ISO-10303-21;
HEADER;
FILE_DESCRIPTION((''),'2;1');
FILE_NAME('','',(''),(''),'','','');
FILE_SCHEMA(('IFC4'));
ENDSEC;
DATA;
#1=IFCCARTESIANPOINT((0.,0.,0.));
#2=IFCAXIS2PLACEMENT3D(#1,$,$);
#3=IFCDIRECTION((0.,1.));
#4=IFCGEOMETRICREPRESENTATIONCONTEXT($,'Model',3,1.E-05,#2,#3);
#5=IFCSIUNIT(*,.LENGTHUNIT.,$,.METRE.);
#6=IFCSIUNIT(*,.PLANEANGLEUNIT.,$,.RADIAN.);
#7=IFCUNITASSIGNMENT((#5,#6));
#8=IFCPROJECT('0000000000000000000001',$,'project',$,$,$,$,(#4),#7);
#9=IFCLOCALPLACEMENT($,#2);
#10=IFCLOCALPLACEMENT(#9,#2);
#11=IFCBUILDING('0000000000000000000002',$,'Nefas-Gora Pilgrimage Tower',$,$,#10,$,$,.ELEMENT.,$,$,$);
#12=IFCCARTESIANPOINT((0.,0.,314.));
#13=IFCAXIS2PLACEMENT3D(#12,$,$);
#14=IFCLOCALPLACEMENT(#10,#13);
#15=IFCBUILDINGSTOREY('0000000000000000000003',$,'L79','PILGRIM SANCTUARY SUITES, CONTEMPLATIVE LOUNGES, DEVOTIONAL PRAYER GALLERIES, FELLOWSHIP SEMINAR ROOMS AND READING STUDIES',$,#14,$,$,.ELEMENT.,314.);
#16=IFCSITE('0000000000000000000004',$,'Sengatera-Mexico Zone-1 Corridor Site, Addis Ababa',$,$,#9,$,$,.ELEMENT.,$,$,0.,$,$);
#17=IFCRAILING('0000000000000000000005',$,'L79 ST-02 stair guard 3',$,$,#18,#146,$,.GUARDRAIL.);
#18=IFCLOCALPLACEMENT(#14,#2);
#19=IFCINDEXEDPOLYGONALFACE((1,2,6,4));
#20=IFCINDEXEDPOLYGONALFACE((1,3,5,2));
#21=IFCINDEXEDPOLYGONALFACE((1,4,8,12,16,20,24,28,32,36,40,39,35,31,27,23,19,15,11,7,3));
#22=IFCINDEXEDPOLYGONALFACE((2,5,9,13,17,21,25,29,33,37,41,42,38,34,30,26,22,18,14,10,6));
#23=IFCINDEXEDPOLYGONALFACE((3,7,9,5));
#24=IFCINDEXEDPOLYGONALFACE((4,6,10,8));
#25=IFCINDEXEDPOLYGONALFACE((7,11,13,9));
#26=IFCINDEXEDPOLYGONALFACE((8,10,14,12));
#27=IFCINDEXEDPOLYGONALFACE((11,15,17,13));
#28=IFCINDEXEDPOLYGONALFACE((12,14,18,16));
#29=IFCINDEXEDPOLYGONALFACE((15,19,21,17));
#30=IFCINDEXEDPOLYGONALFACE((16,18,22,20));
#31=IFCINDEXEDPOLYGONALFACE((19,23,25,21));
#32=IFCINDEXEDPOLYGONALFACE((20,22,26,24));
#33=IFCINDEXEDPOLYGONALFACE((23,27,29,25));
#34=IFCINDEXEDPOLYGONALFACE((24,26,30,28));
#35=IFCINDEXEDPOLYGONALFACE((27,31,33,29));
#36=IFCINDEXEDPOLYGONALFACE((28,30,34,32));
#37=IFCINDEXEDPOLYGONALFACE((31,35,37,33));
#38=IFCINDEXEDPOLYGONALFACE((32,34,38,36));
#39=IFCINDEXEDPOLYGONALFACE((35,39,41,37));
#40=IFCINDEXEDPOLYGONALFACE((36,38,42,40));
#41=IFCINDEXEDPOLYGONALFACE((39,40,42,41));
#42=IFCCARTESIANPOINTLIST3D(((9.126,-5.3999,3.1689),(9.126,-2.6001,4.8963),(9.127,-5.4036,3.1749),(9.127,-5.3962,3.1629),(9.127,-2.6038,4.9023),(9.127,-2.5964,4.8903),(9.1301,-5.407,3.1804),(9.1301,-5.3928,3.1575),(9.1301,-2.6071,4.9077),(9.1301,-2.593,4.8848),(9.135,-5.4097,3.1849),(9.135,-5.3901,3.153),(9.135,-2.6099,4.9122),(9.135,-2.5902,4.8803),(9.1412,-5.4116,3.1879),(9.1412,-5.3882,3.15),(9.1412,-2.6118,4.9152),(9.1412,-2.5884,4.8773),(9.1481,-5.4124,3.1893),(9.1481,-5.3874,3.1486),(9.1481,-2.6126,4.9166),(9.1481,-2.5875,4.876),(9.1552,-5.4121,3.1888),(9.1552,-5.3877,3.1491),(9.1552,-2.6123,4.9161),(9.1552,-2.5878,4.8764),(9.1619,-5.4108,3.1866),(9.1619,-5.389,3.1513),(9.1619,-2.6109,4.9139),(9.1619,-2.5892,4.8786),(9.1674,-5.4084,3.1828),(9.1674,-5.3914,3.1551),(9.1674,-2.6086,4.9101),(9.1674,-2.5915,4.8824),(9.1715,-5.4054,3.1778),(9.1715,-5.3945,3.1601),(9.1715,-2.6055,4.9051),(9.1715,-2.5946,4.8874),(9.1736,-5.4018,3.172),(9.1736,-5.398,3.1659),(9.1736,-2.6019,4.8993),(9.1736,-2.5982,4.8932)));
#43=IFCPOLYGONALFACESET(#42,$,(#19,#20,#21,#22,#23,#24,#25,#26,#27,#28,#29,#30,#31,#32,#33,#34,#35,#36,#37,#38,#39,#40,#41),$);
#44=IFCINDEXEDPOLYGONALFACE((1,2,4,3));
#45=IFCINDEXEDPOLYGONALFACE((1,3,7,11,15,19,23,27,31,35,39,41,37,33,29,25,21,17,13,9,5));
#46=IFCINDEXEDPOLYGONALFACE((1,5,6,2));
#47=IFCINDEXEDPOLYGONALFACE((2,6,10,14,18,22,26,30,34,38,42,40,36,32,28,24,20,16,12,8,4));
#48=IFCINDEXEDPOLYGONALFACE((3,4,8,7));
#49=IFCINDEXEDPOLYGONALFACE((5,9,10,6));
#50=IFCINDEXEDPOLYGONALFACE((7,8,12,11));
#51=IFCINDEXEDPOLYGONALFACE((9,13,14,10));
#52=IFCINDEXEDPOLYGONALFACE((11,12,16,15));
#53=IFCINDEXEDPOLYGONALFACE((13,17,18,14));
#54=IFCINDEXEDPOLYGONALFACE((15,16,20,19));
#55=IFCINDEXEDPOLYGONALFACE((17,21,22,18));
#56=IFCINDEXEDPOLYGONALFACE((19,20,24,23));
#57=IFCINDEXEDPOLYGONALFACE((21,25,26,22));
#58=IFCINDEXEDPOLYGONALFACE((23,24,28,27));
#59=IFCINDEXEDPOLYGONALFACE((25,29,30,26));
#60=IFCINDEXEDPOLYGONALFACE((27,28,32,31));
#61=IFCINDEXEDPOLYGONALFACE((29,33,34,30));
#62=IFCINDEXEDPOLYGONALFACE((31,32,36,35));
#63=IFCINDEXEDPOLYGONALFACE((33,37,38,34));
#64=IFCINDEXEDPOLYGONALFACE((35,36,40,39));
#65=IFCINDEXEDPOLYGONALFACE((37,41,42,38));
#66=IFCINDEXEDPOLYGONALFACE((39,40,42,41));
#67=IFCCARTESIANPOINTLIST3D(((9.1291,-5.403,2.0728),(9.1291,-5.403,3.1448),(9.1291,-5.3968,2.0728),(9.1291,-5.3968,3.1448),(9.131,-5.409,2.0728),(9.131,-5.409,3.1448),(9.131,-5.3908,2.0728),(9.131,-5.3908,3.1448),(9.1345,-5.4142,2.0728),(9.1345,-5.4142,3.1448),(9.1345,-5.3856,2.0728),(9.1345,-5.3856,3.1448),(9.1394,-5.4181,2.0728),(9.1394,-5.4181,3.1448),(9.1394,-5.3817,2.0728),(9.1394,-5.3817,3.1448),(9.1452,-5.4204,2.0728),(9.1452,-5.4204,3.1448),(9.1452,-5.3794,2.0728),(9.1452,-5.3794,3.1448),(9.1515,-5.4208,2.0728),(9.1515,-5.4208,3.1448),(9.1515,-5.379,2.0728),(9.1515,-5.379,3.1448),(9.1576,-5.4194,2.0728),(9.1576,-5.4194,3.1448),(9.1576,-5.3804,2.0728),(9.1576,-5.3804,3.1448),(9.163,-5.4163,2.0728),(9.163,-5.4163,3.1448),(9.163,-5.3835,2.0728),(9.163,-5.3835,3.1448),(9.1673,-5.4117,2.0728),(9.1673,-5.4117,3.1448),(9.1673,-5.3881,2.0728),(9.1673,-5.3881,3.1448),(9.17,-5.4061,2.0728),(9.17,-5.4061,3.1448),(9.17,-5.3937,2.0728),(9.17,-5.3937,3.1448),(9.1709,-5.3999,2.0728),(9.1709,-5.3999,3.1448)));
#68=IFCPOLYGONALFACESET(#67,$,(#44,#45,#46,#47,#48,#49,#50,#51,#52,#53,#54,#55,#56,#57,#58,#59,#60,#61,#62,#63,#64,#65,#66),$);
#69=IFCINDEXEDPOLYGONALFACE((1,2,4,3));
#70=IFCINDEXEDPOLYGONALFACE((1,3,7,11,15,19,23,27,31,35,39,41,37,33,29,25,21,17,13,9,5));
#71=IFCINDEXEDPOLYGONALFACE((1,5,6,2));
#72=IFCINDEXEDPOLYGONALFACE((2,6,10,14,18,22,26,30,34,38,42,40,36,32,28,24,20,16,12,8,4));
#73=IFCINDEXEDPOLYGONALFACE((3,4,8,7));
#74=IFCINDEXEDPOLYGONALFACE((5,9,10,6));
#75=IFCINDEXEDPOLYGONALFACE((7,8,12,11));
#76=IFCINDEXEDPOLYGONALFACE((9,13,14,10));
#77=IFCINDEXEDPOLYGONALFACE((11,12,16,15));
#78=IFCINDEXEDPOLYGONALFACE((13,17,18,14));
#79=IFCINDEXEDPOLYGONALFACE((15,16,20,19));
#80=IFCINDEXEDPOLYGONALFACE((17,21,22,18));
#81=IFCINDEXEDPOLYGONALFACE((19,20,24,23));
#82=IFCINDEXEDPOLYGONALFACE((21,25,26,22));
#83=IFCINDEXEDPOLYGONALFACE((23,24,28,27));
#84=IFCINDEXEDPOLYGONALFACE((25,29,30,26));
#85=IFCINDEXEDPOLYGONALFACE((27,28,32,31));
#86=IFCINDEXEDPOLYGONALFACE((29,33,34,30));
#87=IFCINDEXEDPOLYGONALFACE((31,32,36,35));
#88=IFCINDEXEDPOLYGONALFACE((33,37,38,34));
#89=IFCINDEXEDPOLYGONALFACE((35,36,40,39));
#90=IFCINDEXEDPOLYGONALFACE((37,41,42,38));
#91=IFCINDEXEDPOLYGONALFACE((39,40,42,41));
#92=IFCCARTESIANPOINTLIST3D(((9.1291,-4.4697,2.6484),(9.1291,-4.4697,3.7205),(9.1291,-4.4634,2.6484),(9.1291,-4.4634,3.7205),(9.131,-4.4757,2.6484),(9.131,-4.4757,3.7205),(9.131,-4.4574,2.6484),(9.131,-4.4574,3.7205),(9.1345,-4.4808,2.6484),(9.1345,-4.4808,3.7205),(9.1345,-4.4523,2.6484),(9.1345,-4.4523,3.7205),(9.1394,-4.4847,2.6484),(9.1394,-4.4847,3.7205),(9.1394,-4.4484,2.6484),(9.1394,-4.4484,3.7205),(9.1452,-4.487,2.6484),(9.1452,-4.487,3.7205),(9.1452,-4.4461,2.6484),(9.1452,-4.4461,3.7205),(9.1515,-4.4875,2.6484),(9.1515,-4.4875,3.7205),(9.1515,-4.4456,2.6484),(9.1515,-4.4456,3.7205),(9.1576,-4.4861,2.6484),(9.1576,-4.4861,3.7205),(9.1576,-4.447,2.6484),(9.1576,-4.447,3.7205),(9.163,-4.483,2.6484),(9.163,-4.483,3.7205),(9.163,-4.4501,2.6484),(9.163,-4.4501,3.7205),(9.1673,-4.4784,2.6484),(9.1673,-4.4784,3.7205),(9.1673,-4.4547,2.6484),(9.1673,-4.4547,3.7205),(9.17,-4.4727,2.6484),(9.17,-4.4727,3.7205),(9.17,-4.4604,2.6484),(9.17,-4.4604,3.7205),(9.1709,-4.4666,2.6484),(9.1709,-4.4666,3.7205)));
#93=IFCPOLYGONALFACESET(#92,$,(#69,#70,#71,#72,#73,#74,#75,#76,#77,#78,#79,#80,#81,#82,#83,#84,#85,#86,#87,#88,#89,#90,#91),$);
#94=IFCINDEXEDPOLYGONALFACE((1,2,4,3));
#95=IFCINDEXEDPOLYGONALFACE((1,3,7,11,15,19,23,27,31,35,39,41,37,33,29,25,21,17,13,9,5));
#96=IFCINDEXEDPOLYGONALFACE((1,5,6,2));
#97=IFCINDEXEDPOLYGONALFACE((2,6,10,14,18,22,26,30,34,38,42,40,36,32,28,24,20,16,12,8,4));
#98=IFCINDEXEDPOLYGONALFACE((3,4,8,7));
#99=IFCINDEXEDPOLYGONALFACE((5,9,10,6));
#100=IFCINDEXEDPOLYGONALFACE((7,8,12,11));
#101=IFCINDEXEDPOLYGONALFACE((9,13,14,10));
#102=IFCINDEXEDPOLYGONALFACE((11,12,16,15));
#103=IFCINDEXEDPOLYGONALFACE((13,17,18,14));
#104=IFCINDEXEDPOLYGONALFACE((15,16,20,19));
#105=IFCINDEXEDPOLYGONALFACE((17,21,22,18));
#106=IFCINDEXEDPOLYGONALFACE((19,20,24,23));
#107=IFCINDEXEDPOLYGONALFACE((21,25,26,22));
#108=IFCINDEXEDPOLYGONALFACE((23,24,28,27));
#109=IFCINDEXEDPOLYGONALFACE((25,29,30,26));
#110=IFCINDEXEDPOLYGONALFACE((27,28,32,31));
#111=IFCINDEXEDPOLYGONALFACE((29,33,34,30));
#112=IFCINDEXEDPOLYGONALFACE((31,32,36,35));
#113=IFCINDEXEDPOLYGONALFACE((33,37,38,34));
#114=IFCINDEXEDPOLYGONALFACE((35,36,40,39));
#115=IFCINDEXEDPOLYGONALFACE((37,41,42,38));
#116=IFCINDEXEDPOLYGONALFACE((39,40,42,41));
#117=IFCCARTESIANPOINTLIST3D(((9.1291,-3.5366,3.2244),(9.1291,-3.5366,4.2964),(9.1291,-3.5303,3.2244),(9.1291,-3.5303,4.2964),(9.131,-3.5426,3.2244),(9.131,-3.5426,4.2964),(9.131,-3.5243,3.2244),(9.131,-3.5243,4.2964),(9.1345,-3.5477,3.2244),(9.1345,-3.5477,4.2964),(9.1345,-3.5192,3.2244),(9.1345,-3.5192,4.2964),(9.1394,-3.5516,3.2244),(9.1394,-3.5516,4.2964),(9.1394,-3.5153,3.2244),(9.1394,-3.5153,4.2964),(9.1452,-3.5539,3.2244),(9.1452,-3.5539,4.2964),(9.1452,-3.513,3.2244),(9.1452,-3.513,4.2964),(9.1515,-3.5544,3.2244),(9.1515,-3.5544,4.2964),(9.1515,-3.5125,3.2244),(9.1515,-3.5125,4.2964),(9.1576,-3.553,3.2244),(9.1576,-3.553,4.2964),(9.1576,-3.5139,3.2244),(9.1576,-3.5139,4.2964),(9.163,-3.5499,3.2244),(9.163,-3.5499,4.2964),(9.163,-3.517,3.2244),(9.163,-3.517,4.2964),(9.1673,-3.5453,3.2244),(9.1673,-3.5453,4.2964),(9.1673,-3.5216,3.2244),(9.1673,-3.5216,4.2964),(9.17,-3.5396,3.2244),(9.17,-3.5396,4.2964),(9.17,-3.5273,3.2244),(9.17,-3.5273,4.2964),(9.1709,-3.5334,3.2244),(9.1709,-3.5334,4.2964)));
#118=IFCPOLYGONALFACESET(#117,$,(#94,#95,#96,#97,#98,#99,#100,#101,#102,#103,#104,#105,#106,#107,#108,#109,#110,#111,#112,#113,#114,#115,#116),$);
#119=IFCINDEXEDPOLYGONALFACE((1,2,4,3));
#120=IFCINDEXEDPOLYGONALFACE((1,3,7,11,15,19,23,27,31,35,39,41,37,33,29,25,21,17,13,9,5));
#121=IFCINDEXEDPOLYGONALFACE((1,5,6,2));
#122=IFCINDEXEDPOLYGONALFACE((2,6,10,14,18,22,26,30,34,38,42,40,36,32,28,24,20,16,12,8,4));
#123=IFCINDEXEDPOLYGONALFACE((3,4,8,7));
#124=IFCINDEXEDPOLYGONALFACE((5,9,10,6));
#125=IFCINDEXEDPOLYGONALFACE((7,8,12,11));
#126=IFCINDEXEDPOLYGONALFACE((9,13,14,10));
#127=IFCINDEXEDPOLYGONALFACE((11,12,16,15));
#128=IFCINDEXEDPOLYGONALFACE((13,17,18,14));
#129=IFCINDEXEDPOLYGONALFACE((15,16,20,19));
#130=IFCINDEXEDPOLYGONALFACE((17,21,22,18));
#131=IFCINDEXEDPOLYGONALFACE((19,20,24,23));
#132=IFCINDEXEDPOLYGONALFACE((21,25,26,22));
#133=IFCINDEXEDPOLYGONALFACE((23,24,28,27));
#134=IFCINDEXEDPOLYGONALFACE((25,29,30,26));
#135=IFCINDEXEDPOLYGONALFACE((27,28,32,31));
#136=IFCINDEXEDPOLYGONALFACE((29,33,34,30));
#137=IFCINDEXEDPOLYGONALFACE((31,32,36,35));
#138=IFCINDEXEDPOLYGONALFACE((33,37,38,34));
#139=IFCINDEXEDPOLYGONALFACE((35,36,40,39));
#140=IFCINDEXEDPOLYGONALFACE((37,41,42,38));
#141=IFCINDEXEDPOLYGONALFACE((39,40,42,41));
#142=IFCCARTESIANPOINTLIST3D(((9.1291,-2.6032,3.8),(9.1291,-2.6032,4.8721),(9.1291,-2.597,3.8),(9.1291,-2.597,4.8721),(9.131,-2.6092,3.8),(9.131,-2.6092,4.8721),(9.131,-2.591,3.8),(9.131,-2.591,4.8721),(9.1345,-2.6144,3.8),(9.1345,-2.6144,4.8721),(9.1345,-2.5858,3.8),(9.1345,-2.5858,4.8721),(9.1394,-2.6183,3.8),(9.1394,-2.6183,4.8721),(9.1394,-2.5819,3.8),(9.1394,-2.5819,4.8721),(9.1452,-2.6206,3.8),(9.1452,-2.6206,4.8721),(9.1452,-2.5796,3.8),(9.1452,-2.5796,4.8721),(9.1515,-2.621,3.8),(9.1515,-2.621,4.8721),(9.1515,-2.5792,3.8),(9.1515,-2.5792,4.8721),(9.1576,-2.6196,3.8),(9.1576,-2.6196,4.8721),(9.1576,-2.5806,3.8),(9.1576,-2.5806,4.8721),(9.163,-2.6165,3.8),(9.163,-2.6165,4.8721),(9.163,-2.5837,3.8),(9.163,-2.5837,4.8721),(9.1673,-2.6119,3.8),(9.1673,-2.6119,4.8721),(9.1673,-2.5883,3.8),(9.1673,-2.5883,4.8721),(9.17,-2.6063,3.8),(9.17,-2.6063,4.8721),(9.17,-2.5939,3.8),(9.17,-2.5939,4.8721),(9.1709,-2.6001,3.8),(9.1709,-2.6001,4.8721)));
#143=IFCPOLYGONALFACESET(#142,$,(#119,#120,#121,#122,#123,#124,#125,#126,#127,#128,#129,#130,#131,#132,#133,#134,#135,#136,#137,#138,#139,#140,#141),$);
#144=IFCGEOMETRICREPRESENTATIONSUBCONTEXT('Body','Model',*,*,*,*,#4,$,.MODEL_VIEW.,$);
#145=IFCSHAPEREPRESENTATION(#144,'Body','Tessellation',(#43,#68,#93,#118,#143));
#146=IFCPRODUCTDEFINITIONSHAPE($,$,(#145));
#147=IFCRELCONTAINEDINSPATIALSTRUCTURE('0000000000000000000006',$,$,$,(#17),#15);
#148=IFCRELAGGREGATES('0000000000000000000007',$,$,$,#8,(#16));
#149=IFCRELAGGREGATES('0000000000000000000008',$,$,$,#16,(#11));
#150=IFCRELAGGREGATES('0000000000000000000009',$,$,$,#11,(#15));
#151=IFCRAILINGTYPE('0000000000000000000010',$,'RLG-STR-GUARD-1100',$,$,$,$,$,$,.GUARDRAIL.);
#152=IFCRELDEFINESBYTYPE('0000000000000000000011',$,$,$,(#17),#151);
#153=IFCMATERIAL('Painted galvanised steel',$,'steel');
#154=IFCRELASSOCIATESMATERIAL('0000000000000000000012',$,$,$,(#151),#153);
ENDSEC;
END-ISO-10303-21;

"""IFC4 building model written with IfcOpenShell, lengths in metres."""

from ifc_helpers import new_model, si_unit, direction, frame, origin, origin_2d, place, context, subcontext, project, spatial, circle, extrude, material, type_object, element, save


model = new_model("IFC4")

# Units and contexts
model_context = context("Model", 3, precision=1e-05, world=origin(), true_north=direction((0.0, 1.0)))
body_context = subcontext(model_context, "Body", "Model", "MODEL_VIEW")
ifc_project = project(units=[si_unit("LENGTHUNIT", "METRE"), si_unit("PLANEANGLEUNIT", "RADIAN")], contexts=[model_context])

# Site, building, storey
site_placement = place(None, origin())
site = spatial("IfcSite", under=ifc_project, at=site_placement, Name="Sengatera-Mexico Zone-1 Corridor Site, Addis Ababa", CompositionType="ELEMENT", RefElevation=0.0)
building_placement = place(site_placement, origin())
building = spatial("IfcBuilding", under=site, at=building_placement, Name="Nefas-Gora Pilgrimage Tower", CompositionType="ELEMENT")
storey_placement = place(building_placement, frame((0.0, 0.0, 314.0)))
storey = spatial("IfcBuildingStorey", under=building, at=storey_placement, Name="L79", Description="PILGRIM SANCTUARY SUITES, CONTEMPLATIVE LOUNGES, DEVOTIONAL PRAYER GALLERIES, FELLOWSHIP SEMINAR ROOMS AND READING STUDIES", CompositionType="ELEMENT", Elevation=314.0)

# Railing
ifc_material_1 = material(Name="Painted galvanised steel", Category="steel")
railing_type_1 = type_object("IfcRailingType", Name="RLG-STR-GUARD-1100", PredefinedType="GUARDRAIL", material=ifc_material_1)
railing_1_placement = place(storey_placement, frame((9.1499, -5.3999, 2.0728)))
element("IfcRailing", 1, at=railing_1_placement, inside=storey, type_object=railing_type_1, Name="L79 ST-02 stair guard 3", PredefinedType="GUARDRAIL", context=body_context, shape_type="SweptSolid", body=[
    extrude(circle(Radius=0.0239, at=origin_2d()), frame((0.0, 0.0, 1.0962), z_axis=(0.0, 0.851069, 0.525054), x_axis=(-1.0, 0.0, 0.0)), (0.0, 0.0, 1.0), 3.2898),
    extrude(circle(Radius=0.021, at=origin_2d()), origin(), (0.0, 0.0, 1.0), 1.072),
    extrude(circle(Radius=0.021, at=origin_2d()), frame((0.0, 0.9333, 0.5757)), (0.0, 0.0, 1.0), 1.072),
    extrude(circle(Radius=0.021, at=origin_2d()), frame((0.0, 1.8665, 1.1516)), (0.0, 0.0, 1.0), 1.072),
    extrude(circle(Radius=0.021, at=origin_2d()), frame((0.0, 2.7998, 1.7273)), (0.0, 0.0, 1.0), 1.072),
])

save(model, "model.ifc")
